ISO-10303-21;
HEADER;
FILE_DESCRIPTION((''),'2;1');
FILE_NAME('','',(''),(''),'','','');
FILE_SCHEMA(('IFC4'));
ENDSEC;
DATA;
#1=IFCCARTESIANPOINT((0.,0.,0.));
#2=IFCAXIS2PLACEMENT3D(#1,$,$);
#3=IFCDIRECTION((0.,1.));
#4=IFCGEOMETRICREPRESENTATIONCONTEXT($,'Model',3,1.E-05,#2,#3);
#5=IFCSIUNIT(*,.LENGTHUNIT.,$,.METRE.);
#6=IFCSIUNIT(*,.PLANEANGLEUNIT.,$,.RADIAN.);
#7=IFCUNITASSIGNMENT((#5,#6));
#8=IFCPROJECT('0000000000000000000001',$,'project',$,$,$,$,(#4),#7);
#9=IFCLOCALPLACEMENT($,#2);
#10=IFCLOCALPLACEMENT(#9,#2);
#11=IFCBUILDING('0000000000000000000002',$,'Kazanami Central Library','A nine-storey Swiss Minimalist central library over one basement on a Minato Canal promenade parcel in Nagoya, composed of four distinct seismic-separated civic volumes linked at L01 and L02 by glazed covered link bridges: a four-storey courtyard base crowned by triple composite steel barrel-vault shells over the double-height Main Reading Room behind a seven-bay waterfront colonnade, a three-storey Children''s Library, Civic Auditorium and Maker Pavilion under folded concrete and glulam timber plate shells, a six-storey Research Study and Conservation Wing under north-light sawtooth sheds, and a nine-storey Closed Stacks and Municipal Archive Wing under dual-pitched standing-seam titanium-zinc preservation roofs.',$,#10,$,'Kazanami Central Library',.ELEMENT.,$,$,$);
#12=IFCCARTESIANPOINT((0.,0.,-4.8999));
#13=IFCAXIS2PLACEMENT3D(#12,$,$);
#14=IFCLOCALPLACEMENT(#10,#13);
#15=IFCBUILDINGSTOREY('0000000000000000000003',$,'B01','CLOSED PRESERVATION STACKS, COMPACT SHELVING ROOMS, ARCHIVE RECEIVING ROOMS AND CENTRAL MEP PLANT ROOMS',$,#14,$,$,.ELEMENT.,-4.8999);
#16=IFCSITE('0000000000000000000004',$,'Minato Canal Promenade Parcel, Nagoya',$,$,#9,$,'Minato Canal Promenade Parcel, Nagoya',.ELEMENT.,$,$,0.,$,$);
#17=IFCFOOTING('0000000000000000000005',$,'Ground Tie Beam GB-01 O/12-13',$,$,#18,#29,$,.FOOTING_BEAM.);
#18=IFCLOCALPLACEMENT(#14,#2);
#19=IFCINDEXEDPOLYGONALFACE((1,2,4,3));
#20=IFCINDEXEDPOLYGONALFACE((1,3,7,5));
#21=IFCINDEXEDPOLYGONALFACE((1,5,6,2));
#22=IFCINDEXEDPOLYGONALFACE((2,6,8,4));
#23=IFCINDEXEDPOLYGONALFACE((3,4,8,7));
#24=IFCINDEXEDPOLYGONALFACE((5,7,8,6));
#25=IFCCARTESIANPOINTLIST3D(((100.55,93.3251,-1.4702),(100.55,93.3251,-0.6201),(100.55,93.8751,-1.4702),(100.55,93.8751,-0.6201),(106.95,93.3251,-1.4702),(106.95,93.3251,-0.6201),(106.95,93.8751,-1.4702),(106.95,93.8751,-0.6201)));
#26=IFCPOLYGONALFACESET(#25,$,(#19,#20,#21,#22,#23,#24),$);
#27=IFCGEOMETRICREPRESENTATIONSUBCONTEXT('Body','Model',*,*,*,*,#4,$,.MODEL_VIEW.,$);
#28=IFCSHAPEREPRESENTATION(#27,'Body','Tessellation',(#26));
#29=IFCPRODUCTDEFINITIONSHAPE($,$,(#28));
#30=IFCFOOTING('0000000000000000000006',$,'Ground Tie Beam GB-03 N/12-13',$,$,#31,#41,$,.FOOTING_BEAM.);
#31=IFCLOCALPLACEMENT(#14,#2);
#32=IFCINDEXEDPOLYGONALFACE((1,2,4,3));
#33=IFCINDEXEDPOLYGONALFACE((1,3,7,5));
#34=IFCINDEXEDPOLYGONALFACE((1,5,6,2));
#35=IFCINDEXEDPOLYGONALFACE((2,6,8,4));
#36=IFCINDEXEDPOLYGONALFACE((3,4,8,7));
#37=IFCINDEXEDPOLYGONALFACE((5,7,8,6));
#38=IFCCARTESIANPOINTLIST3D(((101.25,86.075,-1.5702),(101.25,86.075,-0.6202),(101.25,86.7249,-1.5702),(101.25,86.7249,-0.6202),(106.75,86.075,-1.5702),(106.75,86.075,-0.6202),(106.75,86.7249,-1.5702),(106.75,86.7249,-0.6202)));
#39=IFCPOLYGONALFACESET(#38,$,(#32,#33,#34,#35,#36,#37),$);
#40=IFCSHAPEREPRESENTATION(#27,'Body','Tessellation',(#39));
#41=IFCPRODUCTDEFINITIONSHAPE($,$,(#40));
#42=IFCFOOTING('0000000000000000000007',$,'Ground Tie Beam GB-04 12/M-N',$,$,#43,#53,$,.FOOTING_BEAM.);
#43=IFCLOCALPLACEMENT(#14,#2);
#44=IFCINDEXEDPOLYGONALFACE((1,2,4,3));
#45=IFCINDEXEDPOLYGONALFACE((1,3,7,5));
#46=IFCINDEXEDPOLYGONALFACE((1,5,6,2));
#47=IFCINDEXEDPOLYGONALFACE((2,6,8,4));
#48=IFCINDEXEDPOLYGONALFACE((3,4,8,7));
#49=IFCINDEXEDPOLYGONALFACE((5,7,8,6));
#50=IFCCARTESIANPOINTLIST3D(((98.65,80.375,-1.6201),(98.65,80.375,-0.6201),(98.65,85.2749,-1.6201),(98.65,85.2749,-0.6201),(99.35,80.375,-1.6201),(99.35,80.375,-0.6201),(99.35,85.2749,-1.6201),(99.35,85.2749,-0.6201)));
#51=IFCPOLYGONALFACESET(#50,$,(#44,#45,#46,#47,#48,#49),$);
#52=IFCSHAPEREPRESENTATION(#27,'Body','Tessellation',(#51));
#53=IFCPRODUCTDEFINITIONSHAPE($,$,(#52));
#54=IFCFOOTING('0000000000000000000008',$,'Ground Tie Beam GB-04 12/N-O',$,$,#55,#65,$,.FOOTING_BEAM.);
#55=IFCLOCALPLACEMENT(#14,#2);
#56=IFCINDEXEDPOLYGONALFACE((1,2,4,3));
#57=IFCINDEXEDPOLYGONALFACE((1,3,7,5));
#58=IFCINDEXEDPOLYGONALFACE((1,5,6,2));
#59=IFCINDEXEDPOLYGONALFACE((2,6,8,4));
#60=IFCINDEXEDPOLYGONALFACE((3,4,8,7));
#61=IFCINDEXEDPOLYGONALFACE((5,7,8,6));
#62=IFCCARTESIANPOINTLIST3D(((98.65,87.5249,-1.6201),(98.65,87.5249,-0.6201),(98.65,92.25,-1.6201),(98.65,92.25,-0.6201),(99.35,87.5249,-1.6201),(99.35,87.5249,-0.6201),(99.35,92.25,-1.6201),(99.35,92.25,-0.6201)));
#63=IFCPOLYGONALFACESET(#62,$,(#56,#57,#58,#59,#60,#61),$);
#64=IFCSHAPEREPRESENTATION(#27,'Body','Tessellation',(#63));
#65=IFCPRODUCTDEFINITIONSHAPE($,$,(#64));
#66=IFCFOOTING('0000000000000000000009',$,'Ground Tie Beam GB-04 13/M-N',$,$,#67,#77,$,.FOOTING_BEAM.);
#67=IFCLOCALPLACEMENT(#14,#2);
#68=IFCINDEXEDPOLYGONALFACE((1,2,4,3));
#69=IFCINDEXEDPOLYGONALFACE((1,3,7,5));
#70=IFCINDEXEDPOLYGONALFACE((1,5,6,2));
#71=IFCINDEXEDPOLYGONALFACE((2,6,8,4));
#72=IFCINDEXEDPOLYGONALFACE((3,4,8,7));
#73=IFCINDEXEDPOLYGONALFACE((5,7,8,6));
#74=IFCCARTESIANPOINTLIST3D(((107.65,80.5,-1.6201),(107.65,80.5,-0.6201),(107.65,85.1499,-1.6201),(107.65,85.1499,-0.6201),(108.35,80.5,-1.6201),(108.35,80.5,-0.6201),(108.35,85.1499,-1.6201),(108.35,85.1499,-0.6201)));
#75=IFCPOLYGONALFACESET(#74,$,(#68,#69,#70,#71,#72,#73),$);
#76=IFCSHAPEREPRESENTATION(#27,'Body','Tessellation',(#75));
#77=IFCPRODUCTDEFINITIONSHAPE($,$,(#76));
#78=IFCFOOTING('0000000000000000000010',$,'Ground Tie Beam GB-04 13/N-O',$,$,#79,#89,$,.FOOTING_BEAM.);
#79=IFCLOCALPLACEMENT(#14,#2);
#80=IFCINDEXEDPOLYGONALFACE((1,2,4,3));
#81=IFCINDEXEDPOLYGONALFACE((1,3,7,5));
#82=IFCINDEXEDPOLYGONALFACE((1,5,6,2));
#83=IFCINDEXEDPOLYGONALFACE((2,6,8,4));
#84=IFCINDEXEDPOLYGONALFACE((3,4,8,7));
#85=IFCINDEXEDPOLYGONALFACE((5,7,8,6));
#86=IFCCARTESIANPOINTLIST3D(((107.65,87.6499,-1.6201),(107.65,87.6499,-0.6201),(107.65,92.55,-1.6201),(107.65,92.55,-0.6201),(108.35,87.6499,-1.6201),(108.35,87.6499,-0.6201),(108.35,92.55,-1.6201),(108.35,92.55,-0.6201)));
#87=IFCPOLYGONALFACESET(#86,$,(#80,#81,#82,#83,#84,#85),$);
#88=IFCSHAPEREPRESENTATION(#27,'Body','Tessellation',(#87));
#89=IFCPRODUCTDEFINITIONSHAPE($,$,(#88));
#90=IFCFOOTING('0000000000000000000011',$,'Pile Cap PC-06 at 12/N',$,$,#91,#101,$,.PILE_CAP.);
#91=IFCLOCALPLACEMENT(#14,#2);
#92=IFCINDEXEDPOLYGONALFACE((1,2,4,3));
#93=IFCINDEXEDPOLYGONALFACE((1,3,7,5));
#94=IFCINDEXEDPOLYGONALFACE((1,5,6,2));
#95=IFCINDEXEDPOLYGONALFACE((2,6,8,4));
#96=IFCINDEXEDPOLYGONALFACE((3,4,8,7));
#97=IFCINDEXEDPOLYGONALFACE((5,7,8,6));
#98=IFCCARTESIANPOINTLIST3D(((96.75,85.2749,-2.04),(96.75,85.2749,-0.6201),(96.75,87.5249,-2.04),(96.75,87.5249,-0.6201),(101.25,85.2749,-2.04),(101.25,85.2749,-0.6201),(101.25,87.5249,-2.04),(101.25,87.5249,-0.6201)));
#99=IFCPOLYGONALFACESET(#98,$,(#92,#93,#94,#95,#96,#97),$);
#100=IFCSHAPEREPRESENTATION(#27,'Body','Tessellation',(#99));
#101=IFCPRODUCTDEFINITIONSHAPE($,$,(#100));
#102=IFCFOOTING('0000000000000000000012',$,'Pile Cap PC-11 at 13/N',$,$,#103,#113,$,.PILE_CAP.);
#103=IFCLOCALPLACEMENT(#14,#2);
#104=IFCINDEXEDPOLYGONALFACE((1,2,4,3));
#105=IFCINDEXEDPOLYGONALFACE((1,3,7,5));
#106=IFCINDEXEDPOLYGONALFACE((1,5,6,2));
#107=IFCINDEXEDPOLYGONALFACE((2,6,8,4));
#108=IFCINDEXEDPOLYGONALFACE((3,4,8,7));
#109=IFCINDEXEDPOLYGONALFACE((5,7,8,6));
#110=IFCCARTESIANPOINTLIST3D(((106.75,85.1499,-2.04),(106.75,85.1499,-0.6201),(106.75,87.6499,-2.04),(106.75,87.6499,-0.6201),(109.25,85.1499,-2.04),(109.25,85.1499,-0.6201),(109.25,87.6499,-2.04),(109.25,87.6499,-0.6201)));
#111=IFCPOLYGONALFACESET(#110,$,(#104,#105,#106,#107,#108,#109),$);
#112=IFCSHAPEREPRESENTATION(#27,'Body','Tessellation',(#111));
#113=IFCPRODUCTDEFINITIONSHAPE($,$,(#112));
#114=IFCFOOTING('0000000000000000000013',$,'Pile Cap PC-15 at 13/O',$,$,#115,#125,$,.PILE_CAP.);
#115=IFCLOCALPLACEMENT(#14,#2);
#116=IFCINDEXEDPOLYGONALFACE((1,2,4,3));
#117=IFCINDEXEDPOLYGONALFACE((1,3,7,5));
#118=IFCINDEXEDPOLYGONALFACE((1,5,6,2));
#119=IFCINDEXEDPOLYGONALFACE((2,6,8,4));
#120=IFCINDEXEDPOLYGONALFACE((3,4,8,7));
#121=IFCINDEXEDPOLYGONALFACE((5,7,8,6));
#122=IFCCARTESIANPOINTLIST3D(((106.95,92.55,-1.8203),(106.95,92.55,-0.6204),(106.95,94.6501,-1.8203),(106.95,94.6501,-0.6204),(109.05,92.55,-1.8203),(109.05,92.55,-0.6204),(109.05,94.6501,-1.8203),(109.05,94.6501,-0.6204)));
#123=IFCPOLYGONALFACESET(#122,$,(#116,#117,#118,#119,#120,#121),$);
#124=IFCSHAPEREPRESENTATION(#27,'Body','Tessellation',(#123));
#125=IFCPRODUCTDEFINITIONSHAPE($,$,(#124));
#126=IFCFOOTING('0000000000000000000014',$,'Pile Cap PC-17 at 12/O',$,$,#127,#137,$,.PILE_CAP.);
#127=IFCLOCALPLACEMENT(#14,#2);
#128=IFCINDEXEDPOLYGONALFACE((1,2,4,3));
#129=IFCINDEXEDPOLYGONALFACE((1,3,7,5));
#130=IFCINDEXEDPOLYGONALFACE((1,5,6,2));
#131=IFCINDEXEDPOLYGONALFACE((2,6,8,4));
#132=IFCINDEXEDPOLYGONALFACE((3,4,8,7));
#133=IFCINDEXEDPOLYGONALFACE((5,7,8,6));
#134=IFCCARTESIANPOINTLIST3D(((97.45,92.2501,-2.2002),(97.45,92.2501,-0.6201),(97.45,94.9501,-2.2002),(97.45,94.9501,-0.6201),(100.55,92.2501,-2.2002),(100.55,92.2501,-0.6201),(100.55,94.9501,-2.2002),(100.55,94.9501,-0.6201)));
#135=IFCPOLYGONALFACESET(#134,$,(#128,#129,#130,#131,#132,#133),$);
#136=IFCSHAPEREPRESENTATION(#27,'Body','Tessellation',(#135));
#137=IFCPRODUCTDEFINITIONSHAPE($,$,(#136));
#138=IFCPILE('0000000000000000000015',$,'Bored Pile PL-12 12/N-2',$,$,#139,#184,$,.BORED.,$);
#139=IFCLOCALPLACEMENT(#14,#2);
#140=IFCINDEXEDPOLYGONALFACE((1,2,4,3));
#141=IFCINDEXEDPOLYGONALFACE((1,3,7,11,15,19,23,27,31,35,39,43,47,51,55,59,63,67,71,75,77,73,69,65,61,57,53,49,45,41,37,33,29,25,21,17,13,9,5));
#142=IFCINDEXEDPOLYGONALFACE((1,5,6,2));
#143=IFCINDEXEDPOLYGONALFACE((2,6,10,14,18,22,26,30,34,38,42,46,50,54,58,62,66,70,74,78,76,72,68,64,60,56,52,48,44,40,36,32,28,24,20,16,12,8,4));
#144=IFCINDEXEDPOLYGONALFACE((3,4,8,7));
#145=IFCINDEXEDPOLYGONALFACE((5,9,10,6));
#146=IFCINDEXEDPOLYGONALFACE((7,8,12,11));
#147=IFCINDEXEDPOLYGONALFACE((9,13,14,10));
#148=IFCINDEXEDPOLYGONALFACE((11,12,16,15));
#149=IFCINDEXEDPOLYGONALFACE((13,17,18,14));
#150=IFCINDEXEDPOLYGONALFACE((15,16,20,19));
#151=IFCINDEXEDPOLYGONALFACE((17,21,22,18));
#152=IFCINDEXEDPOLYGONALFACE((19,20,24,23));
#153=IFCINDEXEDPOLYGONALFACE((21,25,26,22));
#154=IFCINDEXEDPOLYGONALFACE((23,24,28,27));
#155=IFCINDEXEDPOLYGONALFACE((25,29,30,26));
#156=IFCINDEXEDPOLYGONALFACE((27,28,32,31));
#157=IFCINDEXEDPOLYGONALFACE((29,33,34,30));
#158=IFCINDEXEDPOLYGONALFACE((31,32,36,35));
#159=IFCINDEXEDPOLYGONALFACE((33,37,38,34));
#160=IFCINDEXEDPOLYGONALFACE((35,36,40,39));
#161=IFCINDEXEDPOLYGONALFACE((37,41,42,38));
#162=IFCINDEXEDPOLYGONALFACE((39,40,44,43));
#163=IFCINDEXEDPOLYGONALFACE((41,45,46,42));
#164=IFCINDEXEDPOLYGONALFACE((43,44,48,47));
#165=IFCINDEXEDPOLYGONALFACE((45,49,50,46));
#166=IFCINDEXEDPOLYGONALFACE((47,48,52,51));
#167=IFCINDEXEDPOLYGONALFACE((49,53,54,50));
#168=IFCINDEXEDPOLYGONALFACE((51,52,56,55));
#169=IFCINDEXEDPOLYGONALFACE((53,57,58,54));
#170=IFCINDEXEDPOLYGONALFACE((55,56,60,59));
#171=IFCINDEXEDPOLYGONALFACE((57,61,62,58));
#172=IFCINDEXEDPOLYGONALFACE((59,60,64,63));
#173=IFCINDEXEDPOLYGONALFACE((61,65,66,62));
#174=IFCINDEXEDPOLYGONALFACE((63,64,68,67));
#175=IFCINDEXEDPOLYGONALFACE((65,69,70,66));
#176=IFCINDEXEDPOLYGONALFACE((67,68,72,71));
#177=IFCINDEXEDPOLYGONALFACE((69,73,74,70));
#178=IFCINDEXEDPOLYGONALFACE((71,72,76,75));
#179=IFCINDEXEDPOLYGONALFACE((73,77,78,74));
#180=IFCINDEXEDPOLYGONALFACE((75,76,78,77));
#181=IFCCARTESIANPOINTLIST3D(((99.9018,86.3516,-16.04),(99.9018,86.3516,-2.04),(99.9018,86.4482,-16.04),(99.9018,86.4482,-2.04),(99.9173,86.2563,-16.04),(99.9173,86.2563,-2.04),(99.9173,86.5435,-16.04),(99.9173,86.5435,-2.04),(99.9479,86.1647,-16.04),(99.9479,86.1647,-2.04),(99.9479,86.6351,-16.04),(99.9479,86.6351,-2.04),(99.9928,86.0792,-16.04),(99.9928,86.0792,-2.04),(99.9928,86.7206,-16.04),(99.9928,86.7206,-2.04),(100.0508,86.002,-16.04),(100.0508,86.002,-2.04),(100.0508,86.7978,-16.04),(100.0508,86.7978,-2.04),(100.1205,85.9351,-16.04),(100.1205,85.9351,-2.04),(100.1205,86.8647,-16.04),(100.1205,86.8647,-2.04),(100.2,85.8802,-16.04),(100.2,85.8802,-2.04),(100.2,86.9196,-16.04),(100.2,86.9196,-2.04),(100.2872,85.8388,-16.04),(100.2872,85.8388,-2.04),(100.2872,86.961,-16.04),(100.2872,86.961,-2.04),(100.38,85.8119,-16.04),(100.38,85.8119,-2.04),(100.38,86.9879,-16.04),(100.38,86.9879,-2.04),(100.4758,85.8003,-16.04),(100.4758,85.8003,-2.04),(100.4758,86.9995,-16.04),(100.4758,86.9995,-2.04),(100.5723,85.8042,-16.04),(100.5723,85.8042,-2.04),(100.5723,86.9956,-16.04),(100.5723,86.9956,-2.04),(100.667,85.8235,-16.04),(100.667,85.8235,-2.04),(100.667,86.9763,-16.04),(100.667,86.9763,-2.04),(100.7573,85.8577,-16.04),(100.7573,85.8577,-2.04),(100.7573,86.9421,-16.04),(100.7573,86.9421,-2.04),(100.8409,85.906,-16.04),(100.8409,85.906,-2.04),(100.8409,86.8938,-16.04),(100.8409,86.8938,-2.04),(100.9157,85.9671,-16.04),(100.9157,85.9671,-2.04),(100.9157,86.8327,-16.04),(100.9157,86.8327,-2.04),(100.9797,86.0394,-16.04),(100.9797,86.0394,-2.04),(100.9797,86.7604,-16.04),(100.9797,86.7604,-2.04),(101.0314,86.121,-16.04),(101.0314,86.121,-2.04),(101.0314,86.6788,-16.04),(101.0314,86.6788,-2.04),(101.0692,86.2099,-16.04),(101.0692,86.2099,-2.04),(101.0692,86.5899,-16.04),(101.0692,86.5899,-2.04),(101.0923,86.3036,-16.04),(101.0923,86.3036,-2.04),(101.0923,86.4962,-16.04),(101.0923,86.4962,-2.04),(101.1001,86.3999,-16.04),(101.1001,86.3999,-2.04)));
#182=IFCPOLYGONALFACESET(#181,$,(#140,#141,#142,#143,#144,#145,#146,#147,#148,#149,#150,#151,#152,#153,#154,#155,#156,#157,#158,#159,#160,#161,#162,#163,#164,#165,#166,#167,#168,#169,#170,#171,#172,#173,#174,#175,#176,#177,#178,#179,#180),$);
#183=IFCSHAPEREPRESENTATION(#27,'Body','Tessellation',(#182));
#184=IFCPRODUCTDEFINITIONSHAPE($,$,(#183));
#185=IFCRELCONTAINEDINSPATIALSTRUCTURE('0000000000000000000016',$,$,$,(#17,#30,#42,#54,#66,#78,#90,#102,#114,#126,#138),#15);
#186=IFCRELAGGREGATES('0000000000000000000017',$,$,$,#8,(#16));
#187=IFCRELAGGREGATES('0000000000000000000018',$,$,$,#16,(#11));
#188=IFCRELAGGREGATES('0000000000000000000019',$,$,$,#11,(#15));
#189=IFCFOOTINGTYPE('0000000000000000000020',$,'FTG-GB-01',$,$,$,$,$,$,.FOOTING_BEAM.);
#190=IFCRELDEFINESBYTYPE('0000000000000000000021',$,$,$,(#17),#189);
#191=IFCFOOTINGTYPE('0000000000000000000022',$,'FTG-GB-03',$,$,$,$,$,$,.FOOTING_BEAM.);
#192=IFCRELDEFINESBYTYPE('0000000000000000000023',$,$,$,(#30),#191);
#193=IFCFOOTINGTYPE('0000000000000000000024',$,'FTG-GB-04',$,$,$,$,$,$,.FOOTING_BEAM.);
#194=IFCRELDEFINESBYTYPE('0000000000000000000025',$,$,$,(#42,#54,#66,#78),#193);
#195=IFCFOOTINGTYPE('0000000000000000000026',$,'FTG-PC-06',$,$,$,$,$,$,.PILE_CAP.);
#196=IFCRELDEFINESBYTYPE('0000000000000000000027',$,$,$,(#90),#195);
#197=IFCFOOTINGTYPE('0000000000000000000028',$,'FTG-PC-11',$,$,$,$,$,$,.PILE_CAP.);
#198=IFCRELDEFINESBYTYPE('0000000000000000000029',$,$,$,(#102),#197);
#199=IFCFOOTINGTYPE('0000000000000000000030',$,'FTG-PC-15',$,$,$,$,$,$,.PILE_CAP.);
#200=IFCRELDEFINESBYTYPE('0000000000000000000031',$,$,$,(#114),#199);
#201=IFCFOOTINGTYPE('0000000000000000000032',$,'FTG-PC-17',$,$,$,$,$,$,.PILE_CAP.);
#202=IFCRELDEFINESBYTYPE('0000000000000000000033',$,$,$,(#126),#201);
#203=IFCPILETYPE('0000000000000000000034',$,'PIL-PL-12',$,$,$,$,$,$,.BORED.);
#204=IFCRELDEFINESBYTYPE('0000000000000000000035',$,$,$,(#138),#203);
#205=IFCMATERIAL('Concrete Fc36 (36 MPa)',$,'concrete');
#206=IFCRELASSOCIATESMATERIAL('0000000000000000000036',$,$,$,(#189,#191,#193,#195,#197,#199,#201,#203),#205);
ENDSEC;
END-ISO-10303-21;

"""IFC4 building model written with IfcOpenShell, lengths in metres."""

from ifc_helpers import new_model, si_unit, direction, frame, origin, origin_2d, place, context, subcontext, project, spatial, rectangle, circle, extrude, material, material_profile, profile_set, type_object, element, save


model = new_model("IFC4")

# Units and contexts
model_context = context("Model", 3, precision=1e-05, world=origin(), true_north=direction((0.0, 1.0)))
body_context = subcontext(model_context, "Body", "Model", "MODEL_VIEW")
ifc_project = project(units=[si_unit("LENGTHUNIT", "METRE"), si_unit("PLANEANGLEUNIT", "RADIAN")], contexts=[model_context])

# Site, building, storey
site_placement = place(None, origin())
site = spatial("IfcSite", under=ifc_project, at=site_placement, Name="Minato Canal Promenade Parcel, Nagoya", LongName="Minato Canal Promenade Parcel, Nagoya", CompositionType="ELEMENT", RefElevation=0.0)
building_placement = place(site_placement, origin())
building = spatial("IfcBuilding", under=site, at=building_placement, Name="Kazanami Central Library", Description="A nine-storey Swiss Minimalist central library over one basement on a Minato Canal promenade parcel in Nagoya, composed of four distinct seismic-separated civic volumes linked at L01 and L02 by glazed covered link bridges: a four-storey courtyard base crowned by triple composite steel barrel-vault shells over the double-height Main Reading Room behind a seven-bay waterfront colonnade, a three-storey Children's Library, Civic Auditorium and Maker Pavilion under folded concrete and glulam timber plate shells, a six-storey Research Study and Conservation Wing under north-light sawtooth sheds, and a nine-storey Closed Stacks and Municipal Archive Wing under dual-pitched standing-seam titanium-zinc preservation roofs.", LongName="Kazanami Central Library", CompositionType="ELEMENT")
storey_placement = place(building_placement, frame((0.0, 0.0, -4.8999)))
storey = spatial("IfcBuildingStorey", under=building, at=storey_placement, Name="B01", Description="CLOSED PRESERVATION STACKS, COMPACT SHELVING ROOMS, ARCHIVE RECEIVING ROOMS AND CENTRAL MEP PLANT ROOMS", CompositionType="ELEMENT", Elevation=-4.8999)

# Footings
ifc_material_1 = material(Name="Concrete Fc36 (36 MPa)", Category="concrete")
ifc_material_profile_1 = material_profile(ifc_material_1, rectangle(XDim=0.55, YDim=0.8501, at=origin_2d()), Name="RC-550x850")
ifc_profile_set_1 = profile_set([ifc_material_profile_1], Name="Concrete Fc36 (36 MPa)")
footing_type_1 = type_object("IfcFootingType", Name="FTG-GB-01", PredefinedType="FOOTING_BEAM", material=ifc_profile_set_1)
footing_1_placement = place(storey_placement, frame((100.55, 93.6001, -1.0452), z_axis=(1.0, 0.0, 0.0), x_axis=(0.0, 1.0, 0.0)))
element("IfcFooting", 1, at=footing_1_placement, inside=storey, type_object=footing_type_1, Name="Ground Tie Beam GB-01 O/12-13", PredefinedType="FOOTING_BEAM", context=body_context, shape_type="SweptSolid", body=[
    extrude(rectangle(XDim=0.55, YDim=0.8501, at=origin_2d()), origin(), (0.0, 0.0, 1.0), 6.3999),
])
ifc_material_profile_2 = material_profile(ifc_material_1, rectangle(XDim=0.6499, YDim=0.95, at=origin_2d()), Name="RC-650x950")
ifc_profile_set_2 = profile_set([ifc_material_profile_2], Name="Concrete Fc36 (36 MPa)")
footing_type_2 = type_object("IfcFootingType", Name="FTG-GB-03", PredefinedType="FOOTING_BEAM", material=ifc_profile_set_2)
footing_2_placement = place(storey_placement, frame((101.25, 86.3999, -1.0952), z_axis=(1.0, 0.0, 0.0), x_axis=(0.0, 1.0, 0.0)))
element("IfcFooting", 2, at=footing_2_placement, inside=storey, type_object=footing_type_2, Name="Ground Tie Beam GB-03 N/12-13", PredefinedType="FOOTING_BEAM", context=body_context, shape_type="SweptSolid", body=[
    extrude(rectangle(XDim=0.6499, YDim=0.95, at=origin_2d()), origin(), (0.0, 0.0, 1.0), 5.5),
])
ifc_material_profile_3 = material_profile(ifc_material_1, rectangle(XDim=0.7, YDim=1.0, at=origin_2d()), Name="RC-700x1000")
ifc_profile_set_3 = profile_set([ifc_material_profile_3], Name="Concrete Fc36 (36 MPa)")
footing_type_3 = type_object("IfcFootingType", Name="FTG-GB-04", PredefinedType="FOOTING_BEAM", material=ifc_profile_set_3)
footing_3_placement = place(storey_placement, frame((99.0, 80.375, -1.1201), z_axis=(0.0, 1.0, 0.0), x_axis=(-1.0, 0.0, 0.0)))
element("IfcFooting", 3, at=footing_3_placement, inside=storey, type_object=footing_type_3, Name="Ground Tie Beam GB-04 12/M-N", PredefinedType="FOOTING_BEAM", context=body_context, shape_type="SweptSolid", body=[
    extrude(rectangle(XDim=0.7, YDim=1.0, at=origin_2d()), origin(), (0.0, 0.0, 1.0), 4.8999),
])
footing_4_placement = place(storey_placement, frame((99.0, 87.5249, -1.1201), z_axis=(0.0, 1.0, 0.0), x_axis=(-1.0, 0.0, 0.0)))
element("IfcFooting", 4, at=footing_4_placement, inside=storey, type_object=footing_type_3, Name="Ground Tie Beam GB-04 12/N-O", PredefinedType="FOOTING_BEAM", context=body_context, shape_type="SweptSolid", body=[
    extrude(rectangle(XDim=0.7, YDim=1.0, at=origin_2d()), origin(), (0.0, 0.0, 1.0), 4.7251),
])
footing_5_placement = place(storey_placement, frame((108.0, 80.5, -1.1201), z_axis=(0.0, 1.0, 0.0), x_axis=(-1.0, 0.0, 0.0)))
element("IfcFooting", 5, at=footing_5_placement, inside=storey, type_object=footing_type_3, Name="Ground Tie Beam GB-04 13/M-N", PredefinedType="FOOTING_BEAM", context=body_context, shape_type="SweptSolid", body=[
    extrude(rectangle(XDim=0.7, YDim=1.0, at=origin_2d()), origin(), (0.0, 0.0, 1.0), 4.6499),
])
footing_6_placement = place(storey_placement, frame((108.0, 87.6499, -1.1201), z_axis=(0.0, 1.0, 0.0), x_axis=(-1.0, 0.0, 0.0)))
element("IfcFooting", 6, at=footing_6_placement, inside=storey, type_object=footing_type_3, Name="Ground Tie Beam GB-04 13/N-O", PredefinedType="FOOTING_BEAM", context=body_context, shape_type="SweptSolid", body=[
    extrude(rectangle(XDim=0.7, YDim=1.0, at=origin_2d()), origin(), (0.0, 0.0, 1.0), 4.9001),
])
footing_type_4 = type_object("IfcFootingType", Name="FTG-PC-06", PredefinedType="PILE_CAP", material=ifc_material_1)
footing_7_placement = place(storey_placement, frame((99.0, 86.3999, -2.04), z_axis=(0.0, 0.0, 1.0), x_axis=(1.0, 0.0, 0.0)))
element("IfcFooting", 7, at=footing_7_placement, inside=storey, type_object=footing_type_4, Name="Pile Cap PC-06 at 12/N", PredefinedType="PILE_CAP", context=body_context, shape_type="SweptSolid", body=[
    extrude(rectangle(XDim=4.5, YDim=2.25, at=origin_2d()), origin(), (0.0, 0.0, 1.0), 1.4199),
])
footing_type_5 = type_object("IfcFootingType", Name="FTG-PC-11", PredefinedType="PILE_CAP", material=ifc_material_1)
footing_8_placement = place(storey_placement, frame((108.0, 86.3999, -2.04), z_axis=(0.0, 0.0, 1.0), x_axis=(1.0, 0.0, 0.0)))
element("IfcFooting", 8, at=footing_8_placement, inside=storey, type_object=footing_type_5, Name="Pile Cap PC-11 at 13/N", PredefinedType="PILE_CAP", context=body_context, shape_type="SweptSolid", body=[
    extrude(rectangle(XDim=2.5, YDim=2.5, at=origin_2d()), origin(), (0.0, 0.0, 1.0), 1.4199),
])
footing_type_6 = type_object("IfcFootingType", Name="FTG-PC-15", PredefinedType="PILE_CAP", material=ifc_material_1)
footing_9_placement = place(storey_placement, frame((108.0, 93.6001, -1.8203), z_axis=(0.0, 0.0, 1.0), x_axis=(1.0, 0.0, 0.0)))
element("IfcFooting", 9, at=footing_9_placement, inside=storey, type_object=footing_type_6, Name="Pile Cap PC-15 at 13/O", PredefinedType="PILE_CAP", context=body_context, shape_type="SweptSolid", body=[
    extrude(rectangle(XDim=2.1001, YDim=2.1001, at=origin_2d()), origin(), (0.0, 0.0, 1.0), 1.2),
])
footing_type_7 = type_object("IfcFootingType", Name="FTG-PC-17", PredefinedType="PILE_CAP", material=ifc_material_1)
footing_10_placement = place(storey_placement, frame((99.0, 93.6001, -2.2002), z_axis=(0.0, 0.0, 1.0), x_axis=(1.0, 0.0, 0.0)))
element("IfcFooting", 10, at=footing_10_placement, inside=storey, type_object=footing_type_7, Name="Pile Cap PC-17 at 12/O", PredefinedType="PILE_CAP", context=body_context, shape_type="SweptSolid", body=[
    extrude(rectangle(XDim=3.1001, YDim=2.7, at=origin_2d()), origin(), (0.0, 0.0, 1.0), 1.5801),
])

# Pile
ifc_material_profile_4 = material_profile(ifc_material_1, circle(Radius=0.6001, at=origin_2d()), Name="BORED-D1200")
ifc_profile_set_4 = profile_set([ifc_material_profile_4], Name="Concrete Fc36 (36 MPa)")
pile_type_1 = type_object("IfcPileType", Name="PIL-PL-12", PredefinedType="BORED", material=ifc_profile_set_4)
for number, where, z_axis, x_axis, name in (
    (11, (100.5, 86.3999, -2.04), (0.0, 0.0, -1.0), (1.0, 0.0, 0.0), "Bored Pile PL-12 12/N-2"),
):
    element("IfcPile", number, at=place(storey_placement, frame(where, z_axis=z_axis, x_axis=x_axis)), inside=storey, type_object=pile_type_1, Name=name, PredefinedType="BORED", context=body_context, shape_type="SweptSolid", body=[
        extrude(circle(Radius=0.6001, at=origin_2d()), origin(), (0.0, 0.0, 1.0), 14.0),
    ])

save(model, "model.ifc")
